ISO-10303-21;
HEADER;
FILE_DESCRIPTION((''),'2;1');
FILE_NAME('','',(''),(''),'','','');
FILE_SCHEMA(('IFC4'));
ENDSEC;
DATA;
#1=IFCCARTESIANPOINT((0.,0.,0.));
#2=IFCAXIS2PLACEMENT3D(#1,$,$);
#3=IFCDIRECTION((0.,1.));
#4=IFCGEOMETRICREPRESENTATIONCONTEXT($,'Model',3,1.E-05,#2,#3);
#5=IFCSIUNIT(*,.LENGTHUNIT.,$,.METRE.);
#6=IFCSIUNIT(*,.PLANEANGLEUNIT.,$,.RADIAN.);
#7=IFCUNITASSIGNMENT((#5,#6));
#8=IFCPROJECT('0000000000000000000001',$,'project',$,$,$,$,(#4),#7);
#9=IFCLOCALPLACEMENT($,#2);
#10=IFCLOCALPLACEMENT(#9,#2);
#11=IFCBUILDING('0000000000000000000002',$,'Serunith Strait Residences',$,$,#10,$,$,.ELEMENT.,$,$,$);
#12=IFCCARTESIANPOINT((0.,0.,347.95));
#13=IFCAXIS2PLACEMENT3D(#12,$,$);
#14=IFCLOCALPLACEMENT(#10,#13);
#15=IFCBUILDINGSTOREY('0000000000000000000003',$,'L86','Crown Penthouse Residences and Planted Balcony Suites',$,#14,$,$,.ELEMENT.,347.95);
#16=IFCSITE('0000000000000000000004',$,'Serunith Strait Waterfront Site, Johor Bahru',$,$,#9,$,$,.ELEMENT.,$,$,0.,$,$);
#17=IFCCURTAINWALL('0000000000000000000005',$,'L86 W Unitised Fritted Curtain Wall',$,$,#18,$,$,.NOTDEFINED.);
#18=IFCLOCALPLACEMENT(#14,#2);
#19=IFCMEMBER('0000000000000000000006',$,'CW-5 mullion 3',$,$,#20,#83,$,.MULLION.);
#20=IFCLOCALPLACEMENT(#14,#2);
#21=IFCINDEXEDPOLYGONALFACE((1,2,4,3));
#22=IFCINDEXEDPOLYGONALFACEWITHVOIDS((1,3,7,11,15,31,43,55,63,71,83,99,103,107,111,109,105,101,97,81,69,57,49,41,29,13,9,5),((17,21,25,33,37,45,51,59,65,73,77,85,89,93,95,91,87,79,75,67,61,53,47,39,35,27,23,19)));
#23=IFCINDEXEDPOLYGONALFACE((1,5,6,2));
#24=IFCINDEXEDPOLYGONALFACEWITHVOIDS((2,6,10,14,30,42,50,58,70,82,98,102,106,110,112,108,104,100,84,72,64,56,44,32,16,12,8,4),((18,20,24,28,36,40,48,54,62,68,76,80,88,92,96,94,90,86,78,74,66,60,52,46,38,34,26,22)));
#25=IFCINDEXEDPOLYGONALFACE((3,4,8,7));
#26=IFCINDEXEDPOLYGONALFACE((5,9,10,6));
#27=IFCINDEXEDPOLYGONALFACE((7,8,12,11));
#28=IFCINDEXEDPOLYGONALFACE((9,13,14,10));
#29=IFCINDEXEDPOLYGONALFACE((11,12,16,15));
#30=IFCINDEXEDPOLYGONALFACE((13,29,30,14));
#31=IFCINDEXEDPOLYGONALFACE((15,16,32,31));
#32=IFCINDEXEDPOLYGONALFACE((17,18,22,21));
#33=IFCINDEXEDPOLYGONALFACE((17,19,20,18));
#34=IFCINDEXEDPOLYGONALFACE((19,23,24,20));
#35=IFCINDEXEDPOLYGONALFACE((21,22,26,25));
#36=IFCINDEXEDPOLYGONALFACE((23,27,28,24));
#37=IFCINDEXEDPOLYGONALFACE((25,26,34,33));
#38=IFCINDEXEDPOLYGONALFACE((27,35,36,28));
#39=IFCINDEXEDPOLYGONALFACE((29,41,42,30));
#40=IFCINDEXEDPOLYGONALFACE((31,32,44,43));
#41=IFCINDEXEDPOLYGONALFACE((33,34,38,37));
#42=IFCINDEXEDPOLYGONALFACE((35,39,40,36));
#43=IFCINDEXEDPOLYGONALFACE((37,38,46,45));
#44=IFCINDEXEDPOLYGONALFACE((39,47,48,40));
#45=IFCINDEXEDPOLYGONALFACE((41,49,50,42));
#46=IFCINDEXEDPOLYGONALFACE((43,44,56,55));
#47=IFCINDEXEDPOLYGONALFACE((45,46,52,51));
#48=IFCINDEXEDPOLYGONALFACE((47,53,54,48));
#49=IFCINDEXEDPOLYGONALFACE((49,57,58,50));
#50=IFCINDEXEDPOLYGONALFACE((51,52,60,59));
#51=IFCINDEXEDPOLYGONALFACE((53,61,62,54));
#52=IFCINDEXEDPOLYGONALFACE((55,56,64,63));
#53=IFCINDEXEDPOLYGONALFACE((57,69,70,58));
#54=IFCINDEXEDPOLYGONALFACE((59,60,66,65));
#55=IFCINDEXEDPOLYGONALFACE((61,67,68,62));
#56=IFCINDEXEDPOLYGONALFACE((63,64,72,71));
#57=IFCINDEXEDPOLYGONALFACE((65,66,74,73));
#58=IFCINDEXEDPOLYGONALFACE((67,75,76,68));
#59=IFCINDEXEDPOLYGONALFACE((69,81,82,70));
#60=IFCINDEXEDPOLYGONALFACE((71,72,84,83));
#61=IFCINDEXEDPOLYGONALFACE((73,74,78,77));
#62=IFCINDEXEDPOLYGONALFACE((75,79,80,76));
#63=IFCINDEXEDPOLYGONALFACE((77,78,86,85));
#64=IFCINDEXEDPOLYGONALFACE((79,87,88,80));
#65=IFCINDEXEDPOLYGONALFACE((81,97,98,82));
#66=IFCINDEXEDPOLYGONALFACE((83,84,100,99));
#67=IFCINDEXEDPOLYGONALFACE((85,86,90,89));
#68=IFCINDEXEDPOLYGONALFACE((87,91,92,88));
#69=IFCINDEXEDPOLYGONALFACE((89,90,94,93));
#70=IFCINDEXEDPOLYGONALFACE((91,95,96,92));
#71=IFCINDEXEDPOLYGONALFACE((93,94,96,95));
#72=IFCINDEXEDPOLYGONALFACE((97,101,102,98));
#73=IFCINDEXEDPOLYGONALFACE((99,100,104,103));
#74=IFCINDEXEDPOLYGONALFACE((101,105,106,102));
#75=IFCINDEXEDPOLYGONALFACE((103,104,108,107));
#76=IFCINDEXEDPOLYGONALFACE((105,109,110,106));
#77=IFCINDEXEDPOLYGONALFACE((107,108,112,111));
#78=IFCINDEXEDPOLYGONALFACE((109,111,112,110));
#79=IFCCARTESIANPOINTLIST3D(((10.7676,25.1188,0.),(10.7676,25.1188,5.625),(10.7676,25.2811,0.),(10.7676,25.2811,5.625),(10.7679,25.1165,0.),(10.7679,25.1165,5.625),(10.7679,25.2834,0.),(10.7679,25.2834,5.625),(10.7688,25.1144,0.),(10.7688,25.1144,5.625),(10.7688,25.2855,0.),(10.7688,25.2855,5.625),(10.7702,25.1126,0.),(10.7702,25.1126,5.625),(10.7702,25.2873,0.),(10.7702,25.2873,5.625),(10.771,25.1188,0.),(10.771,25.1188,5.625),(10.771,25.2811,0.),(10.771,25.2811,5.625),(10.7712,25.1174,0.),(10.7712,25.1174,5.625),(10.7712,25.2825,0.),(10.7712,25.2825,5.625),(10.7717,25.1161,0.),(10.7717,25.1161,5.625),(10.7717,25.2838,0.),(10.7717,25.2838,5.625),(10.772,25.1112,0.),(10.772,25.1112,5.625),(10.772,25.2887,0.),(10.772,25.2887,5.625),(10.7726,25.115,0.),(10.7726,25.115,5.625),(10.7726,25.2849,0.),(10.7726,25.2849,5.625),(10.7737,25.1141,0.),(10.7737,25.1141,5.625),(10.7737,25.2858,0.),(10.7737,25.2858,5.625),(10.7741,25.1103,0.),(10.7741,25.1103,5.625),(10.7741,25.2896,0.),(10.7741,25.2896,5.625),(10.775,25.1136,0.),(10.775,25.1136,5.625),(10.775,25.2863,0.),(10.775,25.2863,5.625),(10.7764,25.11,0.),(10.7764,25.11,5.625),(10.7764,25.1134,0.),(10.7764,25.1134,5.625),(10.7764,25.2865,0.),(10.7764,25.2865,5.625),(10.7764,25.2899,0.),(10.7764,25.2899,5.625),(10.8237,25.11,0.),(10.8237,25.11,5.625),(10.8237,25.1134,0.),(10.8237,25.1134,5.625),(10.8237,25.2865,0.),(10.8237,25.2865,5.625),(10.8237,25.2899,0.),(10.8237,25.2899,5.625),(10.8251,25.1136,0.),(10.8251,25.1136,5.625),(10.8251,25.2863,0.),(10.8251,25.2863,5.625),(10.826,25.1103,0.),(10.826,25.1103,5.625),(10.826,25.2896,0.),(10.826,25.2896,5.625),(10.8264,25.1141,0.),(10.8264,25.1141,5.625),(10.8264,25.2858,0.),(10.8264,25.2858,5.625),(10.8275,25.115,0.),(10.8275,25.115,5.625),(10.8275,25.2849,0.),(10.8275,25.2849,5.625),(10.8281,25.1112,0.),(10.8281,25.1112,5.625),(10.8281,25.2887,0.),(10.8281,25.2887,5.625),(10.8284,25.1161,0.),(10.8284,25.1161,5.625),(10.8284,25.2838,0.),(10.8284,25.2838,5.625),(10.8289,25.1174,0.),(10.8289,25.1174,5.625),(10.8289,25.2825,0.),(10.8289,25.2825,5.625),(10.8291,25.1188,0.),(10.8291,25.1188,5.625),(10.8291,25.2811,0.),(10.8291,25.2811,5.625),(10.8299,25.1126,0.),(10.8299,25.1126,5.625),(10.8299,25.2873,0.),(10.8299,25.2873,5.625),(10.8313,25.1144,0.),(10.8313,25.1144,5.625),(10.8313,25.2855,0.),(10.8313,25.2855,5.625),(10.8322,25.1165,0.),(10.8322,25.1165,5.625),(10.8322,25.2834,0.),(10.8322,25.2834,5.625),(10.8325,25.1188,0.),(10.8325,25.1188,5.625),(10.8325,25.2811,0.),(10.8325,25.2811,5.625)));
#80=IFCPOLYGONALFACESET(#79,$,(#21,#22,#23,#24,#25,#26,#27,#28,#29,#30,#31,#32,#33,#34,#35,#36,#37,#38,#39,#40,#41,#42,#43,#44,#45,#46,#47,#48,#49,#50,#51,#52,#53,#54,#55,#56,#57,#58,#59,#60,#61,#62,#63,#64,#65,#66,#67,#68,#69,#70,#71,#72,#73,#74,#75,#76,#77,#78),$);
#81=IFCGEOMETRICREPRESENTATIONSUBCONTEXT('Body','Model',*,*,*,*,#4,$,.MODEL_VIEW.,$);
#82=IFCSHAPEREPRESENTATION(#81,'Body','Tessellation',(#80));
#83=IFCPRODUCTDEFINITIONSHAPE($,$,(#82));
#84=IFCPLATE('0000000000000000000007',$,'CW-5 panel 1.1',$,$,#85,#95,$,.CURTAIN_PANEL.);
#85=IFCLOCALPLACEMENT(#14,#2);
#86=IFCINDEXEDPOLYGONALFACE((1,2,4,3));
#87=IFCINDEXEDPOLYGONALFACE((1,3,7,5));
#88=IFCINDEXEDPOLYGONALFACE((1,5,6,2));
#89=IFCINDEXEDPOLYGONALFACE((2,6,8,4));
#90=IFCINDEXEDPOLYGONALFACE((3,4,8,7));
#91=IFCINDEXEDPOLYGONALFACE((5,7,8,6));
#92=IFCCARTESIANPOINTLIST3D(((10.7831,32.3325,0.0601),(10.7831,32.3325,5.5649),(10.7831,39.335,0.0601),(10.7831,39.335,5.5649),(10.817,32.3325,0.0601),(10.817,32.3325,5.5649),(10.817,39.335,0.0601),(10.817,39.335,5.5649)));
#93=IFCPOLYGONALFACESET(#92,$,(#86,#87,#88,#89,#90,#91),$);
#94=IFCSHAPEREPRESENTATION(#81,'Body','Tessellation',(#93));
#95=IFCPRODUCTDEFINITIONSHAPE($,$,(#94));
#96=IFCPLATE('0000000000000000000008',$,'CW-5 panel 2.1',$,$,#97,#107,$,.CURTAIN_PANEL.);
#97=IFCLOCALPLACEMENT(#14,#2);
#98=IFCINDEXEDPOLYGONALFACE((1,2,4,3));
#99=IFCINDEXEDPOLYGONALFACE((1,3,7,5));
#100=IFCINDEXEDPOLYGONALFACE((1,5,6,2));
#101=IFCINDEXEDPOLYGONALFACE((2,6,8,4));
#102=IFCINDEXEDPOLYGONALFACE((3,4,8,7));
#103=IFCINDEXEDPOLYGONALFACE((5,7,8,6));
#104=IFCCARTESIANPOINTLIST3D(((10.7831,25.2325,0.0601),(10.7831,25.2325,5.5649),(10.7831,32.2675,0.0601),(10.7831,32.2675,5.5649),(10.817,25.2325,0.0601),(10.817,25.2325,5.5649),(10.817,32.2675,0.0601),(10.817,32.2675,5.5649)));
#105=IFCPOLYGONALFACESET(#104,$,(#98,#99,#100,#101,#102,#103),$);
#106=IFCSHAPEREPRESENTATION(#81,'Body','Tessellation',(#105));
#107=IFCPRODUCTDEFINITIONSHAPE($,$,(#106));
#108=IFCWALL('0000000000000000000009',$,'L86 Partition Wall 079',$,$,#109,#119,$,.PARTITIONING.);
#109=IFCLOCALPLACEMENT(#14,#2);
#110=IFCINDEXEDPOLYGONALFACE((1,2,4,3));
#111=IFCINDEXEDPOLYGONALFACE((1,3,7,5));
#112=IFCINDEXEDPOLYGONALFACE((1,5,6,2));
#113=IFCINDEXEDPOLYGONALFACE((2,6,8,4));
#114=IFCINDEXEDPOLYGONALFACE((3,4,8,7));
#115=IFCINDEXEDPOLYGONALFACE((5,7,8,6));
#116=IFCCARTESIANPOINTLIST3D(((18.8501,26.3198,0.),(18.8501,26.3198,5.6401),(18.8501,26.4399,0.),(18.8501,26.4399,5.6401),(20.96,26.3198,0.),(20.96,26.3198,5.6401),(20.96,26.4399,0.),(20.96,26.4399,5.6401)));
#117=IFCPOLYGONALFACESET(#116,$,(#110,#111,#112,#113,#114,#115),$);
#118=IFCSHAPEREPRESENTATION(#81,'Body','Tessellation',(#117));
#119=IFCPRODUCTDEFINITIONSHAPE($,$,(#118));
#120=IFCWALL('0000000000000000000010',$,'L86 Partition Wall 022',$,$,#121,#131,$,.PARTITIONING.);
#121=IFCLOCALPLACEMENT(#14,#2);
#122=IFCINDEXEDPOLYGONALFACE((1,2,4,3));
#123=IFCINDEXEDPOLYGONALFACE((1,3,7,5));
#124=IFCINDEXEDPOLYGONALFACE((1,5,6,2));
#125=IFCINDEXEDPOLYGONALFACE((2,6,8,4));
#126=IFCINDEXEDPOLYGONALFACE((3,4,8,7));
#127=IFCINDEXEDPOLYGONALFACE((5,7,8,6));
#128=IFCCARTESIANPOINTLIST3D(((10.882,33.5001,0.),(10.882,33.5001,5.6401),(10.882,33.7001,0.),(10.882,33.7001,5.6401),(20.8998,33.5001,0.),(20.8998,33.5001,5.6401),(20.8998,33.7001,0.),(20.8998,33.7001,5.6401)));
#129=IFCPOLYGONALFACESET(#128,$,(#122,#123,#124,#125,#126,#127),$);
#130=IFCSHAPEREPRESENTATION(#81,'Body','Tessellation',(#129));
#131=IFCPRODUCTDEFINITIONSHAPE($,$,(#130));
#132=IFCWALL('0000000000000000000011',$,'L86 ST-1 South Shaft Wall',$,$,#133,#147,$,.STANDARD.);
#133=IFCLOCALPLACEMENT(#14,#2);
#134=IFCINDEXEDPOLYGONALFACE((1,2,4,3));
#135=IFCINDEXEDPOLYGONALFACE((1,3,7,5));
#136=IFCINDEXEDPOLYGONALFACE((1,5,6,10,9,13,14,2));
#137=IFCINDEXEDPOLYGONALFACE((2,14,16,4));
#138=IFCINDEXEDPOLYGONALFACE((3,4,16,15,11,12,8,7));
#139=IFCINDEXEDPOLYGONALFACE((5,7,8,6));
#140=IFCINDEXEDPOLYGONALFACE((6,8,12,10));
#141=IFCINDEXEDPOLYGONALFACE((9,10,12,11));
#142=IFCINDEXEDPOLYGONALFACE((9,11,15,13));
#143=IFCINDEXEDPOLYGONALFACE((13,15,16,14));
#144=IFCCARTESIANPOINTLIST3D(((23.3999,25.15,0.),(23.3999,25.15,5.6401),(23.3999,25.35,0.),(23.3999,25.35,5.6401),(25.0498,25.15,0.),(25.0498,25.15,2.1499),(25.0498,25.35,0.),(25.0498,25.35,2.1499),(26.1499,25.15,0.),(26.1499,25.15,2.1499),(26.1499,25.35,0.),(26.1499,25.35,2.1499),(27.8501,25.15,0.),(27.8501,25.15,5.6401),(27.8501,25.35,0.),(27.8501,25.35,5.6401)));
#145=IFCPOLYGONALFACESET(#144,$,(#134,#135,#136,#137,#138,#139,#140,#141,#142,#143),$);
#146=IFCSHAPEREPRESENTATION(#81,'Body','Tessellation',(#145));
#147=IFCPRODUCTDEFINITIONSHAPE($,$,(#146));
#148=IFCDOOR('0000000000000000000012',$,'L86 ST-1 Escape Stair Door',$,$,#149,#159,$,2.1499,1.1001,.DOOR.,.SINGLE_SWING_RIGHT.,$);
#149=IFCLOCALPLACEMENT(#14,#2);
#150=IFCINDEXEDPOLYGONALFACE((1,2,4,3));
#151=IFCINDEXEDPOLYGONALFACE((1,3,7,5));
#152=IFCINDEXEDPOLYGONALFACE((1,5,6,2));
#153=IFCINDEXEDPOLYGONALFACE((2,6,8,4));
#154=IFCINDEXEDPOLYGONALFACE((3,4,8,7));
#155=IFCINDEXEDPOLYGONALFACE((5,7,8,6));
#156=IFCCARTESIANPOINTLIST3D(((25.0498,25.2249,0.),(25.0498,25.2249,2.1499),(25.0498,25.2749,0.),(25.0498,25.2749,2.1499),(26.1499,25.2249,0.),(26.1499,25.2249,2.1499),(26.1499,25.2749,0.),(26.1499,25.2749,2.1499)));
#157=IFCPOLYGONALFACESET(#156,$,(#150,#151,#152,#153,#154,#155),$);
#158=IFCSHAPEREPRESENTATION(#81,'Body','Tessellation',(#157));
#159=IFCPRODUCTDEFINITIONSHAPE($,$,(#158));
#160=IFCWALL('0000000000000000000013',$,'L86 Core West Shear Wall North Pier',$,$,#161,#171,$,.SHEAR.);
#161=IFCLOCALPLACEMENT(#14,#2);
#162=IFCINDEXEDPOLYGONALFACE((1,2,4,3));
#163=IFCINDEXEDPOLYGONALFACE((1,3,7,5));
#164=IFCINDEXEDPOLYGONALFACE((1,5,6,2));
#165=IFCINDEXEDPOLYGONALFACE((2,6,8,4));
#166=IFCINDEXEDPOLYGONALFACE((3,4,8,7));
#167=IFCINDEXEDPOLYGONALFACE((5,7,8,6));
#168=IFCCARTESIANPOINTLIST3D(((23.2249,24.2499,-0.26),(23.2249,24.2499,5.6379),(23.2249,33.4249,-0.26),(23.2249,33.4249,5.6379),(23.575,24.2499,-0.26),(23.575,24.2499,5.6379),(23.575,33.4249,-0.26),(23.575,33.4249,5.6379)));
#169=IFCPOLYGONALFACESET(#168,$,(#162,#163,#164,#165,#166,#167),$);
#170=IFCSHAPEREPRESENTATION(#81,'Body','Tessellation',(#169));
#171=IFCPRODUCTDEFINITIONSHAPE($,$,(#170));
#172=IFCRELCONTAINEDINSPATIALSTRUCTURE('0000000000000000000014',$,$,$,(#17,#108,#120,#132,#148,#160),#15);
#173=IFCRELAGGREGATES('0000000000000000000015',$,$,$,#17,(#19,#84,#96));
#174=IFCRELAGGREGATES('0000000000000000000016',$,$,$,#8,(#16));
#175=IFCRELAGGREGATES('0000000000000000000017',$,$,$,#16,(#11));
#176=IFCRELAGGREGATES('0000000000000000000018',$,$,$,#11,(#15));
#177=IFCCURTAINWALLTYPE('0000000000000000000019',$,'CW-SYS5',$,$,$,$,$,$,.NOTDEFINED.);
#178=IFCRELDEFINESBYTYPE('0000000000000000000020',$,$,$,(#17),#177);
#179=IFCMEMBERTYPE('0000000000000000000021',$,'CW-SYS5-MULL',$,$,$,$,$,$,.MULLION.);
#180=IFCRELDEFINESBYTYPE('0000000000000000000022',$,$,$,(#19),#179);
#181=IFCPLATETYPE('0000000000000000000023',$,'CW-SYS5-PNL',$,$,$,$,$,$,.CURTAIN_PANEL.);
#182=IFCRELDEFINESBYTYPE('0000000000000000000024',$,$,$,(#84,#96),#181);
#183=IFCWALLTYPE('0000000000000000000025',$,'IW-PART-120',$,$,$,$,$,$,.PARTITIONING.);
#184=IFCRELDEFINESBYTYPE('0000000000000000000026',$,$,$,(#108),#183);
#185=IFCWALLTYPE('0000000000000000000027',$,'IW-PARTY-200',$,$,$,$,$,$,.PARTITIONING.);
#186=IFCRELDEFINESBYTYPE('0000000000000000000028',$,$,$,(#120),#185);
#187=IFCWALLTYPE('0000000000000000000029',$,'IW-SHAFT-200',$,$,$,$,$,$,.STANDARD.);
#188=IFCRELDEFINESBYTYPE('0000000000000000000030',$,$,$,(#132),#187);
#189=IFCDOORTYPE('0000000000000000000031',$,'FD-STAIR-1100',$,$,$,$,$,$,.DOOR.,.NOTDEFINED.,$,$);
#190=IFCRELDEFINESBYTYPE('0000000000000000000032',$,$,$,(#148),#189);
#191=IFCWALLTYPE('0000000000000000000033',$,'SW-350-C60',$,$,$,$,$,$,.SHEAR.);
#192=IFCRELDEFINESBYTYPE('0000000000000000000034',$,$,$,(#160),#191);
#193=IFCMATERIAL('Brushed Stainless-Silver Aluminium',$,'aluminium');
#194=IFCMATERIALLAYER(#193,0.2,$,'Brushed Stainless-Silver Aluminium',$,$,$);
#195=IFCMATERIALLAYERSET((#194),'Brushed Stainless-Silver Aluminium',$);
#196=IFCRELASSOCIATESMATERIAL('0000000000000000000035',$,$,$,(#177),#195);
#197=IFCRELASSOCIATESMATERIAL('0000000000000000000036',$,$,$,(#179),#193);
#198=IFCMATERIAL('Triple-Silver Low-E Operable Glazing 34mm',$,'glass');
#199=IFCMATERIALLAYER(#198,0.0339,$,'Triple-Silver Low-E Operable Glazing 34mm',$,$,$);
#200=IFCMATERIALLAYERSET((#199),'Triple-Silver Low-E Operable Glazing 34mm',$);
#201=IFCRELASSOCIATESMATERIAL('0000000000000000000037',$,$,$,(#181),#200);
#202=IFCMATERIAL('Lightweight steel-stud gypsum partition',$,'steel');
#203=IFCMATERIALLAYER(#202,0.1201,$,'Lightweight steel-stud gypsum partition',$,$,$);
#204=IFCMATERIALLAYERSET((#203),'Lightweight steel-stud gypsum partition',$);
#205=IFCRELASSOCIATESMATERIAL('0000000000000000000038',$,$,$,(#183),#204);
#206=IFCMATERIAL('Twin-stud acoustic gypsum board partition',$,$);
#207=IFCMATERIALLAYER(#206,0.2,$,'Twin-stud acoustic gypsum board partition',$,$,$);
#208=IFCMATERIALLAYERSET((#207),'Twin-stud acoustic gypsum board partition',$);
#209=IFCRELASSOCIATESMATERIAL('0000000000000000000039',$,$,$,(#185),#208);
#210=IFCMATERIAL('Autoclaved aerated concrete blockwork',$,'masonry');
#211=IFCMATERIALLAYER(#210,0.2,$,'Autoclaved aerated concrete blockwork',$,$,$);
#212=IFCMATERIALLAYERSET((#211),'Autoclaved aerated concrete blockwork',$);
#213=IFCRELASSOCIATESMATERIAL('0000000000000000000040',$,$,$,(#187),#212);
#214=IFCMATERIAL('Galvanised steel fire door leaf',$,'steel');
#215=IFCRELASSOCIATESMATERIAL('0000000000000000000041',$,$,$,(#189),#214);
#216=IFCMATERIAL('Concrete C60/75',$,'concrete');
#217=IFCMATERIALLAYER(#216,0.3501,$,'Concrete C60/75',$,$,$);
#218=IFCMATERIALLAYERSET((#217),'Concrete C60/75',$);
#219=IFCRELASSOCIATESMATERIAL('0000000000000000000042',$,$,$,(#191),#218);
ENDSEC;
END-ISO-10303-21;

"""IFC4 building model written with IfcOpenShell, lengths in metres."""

from ifc_helpers import new_model, si_unit, direction, frame, frame_2d, origin, origin_2d, place, context, subcontext, project, spatial, rectangle, hollow_rectangle, extrude, source, transform, mapped, material, layer, layer_set, material_profile, profile_set, type_object, element, fill, aggregate, save


model = new_model("IFC4")

# Units and contexts
model_context = context("Model", 3, precision=1e-05, world=origin(), true_north=direction((0.0, 1.0)))
body_context = subcontext(model_context, "Body", "Model", "MODEL_VIEW")
ifc_project = project(units=[si_unit("LENGTHUNIT", "METRE"), si_unit("PLANEANGLEUNIT", "RADIAN")], contexts=[model_context])

# Site, building, storey
site_placement = place(None, origin())
site = spatial("IfcSite", under=ifc_project, at=site_placement, Name="Serunith Strait Waterfront Site, Johor Bahru", CompositionType="ELEMENT", RefElevation=0.0)
building_placement = place(site_placement, origin())
building = spatial("IfcBuilding", under=site, at=building_placement, Name="Serunith Strait Residences", CompositionType="ELEMENT")
storey_placement = place(building_placement, frame((0.0, 0.0, 347.95)))
storey = spatial("IfcBuildingStorey", under=building, at=storey_placement, Name="L86", Description="Crown Penthouse Residences and Planted Balcony Suites", CompositionType="ELEMENT", Elevation=347.95)

# Shared definitions
ifc_material_1 = material(Name="Concrete C60/75", Category="concrete")

# Curtain wall, member, plates
ifc_material_2 = material(Name="Brushed Stainless-Silver Aluminium", Category="aluminium")
ifc_layer_1 = layer(ifc_material_2, 0.2, Name="Brushed Stainless-Silver Aluminium")
ifc_layer_set_1 = layer_set([ifc_layer_1], Name="Brushed Stainless-Silver Aluminium")
curtain_wall_type = type_object("IfcCurtainWallType", Name="CW-SYS5", PredefinedType="NOTDEFINED", material=ifc_layer_set_1)
curtain_wall_placement = place(storey_placement, origin())
curtain_wall = element("IfcCurtainWall", 1, at=curtain_wall_placement, inside=storey, type_object=curtain_wall_type, Name="L86 W Unitised Fritted Curtain Wall", PredefinedType="NOTDEFINED")
ifc_material_profile_1 = material_profile(ifc_material_2, hollow_rectangle(XDim=0.0649, YDim=0.1799, WallThickness=0.0034, InnerFilletRadius=0.0054, OuterFilletRadius=0.0088, at=origin_2d()), Name="ALU 180x65x3.5")
ifc_profile_set_1 = profile_set([ifc_material_profile_1], Name="Brushed Stainless-Silver Aluminium")
member_type_1 = type_object("IfcMemberType", Name="CW-SYS5-MULL", PredefinedType="MULLION", material=ifc_profile_set_1)
shared_shape_1 = source(origin(), body_context, "Body", "SweptSolid", [
    extrude(hollow_rectangle(XDim=0.0649, YDim=0.1799, WallThickness=0.0034, InnerFilletRadius=0.0054, OuterFilletRadius=0.0088, at=origin_2d()), origin(), (0.0, 0.0, 1.0), 5.625),
])
member_1_placement = place(storey_placement, frame((10.8, 25.2, 0.0), z_axis=(0.0, 0.0, 1.0), x_axis=(1.0, 0.0, 0.0)))
member_1 = element("IfcMember", 2, at=member_1_placement, type_object=member_type_1, Name="CW-5 mullion 3", PredefinedType="MULLION", context=body_context, shape_type="MappedRepresentation", body=[
    mapped(shared_shape_1, transform((0.0, 0.0, 0.0), scale=1.0)),
])
ifc_material_3 = material(Name="Triple-Silver Low-E Operable Glazing 34mm", Category="glass")
ifc_layer_2 = layer(ifc_material_3, 0.0339, Name="Triple-Silver Low-E Operable Glazing 34mm")
ifc_layer_set_2 = layer_set([ifc_layer_2], Name="Triple-Silver Low-E Operable Glazing 34mm")
plate_type = type_object("IfcPlateType", Name="CW-SYS5-PNL", PredefinedType="CURTAIN_PANEL", material=ifc_layer_set_2)
shared_shape_2 = source(origin(), body_context, "Body", "SweptSolid", [
    extrude(rectangle(XDim=7.0024, YDim=0.0339, at=origin_2d()), origin(), (0.0, 0.0, 1.0), 5.5049),
])
plate_1_placement = place(storey_placement, frame((10.8, 35.8337, 0.0601), z_axis=(0.0, 0.0, 1.0), x_axis=(0.0, -1.0, 0.0)))
plate_1 = element("IfcPlate", 3, at=plate_1_placement, type_object=plate_type, Name="CW-5 panel 1.1", PredefinedType="CURTAIN_PANEL", context=body_context, shape_type="MappedRepresentation", body=[
    mapped(shared_shape_2, transform((0.0, 0.0, 0.0), scale=1.0)),
])
shared_shape_3 = source(origin(), body_context, "Body", "SweptSolid", [
    extrude(rectangle(XDim=7.0349, YDim=0.0339, at=origin_2d()), origin(), (0.0, 0.0, 1.0), 5.5049),
])
plate_2_placement = place(storey_placement, frame((10.8, 28.75, 0.0601), z_axis=(0.0, 0.0, 1.0), x_axis=(0.0, -1.0, 0.0)))
plate_2 = element("IfcPlate", 4, at=plate_2_placement, type_object=plate_type, Name="CW-5 panel 2.1", PredefinedType="CURTAIN_PANEL", context=body_context, shape_type="MappedRepresentation", body=[
    mapped(shared_shape_3, transform((0.0, 0.0, 0.0), scale=1.0)),
])
aggregate(curtain_wall, [member_1, plate_1, plate_2])

# Walls
ifc_material_4 = material(Name="Lightweight steel-stud gypsum partition", Category="steel")
ifc_layer_3 = layer(ifc_material_4, 0.1201, Name="Lightweight steel-stud gypsum partition")
ifc_layer_set_3 = layer_set([ifc_layer_3], Name="Lightweight steel-stud gypsum partition")
wall_type_1 = type_object("IfcWallType", Name="IW-PART-120", PredefinedType="PARTITIONING", material=ifc_layer_set_3)
wall_1_placement = place(storey_placement, frame((18.8501, 26.3799, 0.0), z_axis=(0.0, 0.0, 1.0), x_axis=(1.0, 0.0, 0.0)))
element("IfcWall", 5, at=wall_1_placement, inside=storey, type_object=wall_type_1, Name="L86 Partition Wall 079", PredefinedType="PARTITIONING", context=body_context, shape_type="SweptSolid", body=[
    extrude(rectangle(XDim=2.1099, YDim=0.1201, at=frame_2d((1.0549, 0.0))), origin(), (0.0, 0.0, 1.0), 5.6401),
])
ifc_material_5 = material(Name="Twin-stud acoustic gypsum board partition")
ifc_layer_4 = layer(ifc_material_5, 0.2, Name="Twin-stud acoustic gypsum board partition")
ifc_layer_set_4 = layer_set([ifc_layer_4], Name="Twin-stud acoustic gypsum board partition")
wall_type_2 = type_object("IfcWallType", Name="IW-PARTY-200", PredefinedType="PARTITIONING", material=ifc_layer_set_4)
wall_2_placement = place(storey_placement, frame((10.8821, 33.6001, 0.0), z_axis=(0.0, 0.0, 1.0), x_axis=(1.0, 0.0, 0.0)))
element("IfcWall", 6, at=wall_2_placement, inside=storey, type_object=wall_type_2, Name="L86 Partition Wall 022", PredefinedType="PARTITIONING", context=body_context, shape_type="SweptSolid", body=[
    extrude(rectangle(XDim=10.0178, YDim=0.2, at=frame_2d((5.0088, 0.0))), origin(), (0.0, 0.0, 1.0), 5.6401),
])

# Wall, opening, door
ifc_material_6 = material(Name="Autoclaved aerated concrete blockwork", Category="masonry")
ifc_layer_5 = layer(ifc_material_6, 0.2, Name="Autoclaved aerated concrete blockwork")
ifc_layer_set_5 = layer_set([ifc_layer_5], Name="Autoclaved aerated concrete blockwork")
wall_type_3 = type_object("IfcWallType", Name="IW-SHAFT-200", PredefinedType="STANDARD", material=ifc_layer_set_5)
wall_3_placement = place(storey_placement, frame((23.3999, 25.25, 0.0), z_axis=(0.0, 0.0, 1.0), x_axis=(1.0, 0.0, 0.0)))
wall_3 = element("IfcWall", 7, at=wall_3_placement, inside=storey, type_object=wall_type_3, Name="L86 ST-1 South Shaft Wall", PredefinedType="STANDARD", context=body_context, shape_type="SweptSolid", body=[
    extrude(rectangle(XDim=4.4502, YDim=0.2, at=frame_2d((2.2251, 0.0))), origin(), (0.0, 0.0, 1.0), 5.6401),
])
opening_1_placement = place(wall_3_placement, frame((1.6499, 0.0, 0.0)))
opening_1 = element("IfcOpeningElement", 8, at=opening_1_placement, cuts=wall_3, PredefinedType="OPENING", context=body_context, shape_type="SweptSolid", body=[
    extrude(rectangle(XDim=1.1001, YDim=2.1499, at=frame_2d((0.55, 1.075))), frame((0.0, 0.1099, 0.0), z_axis=(0.0, -1.0, 0.0), x_axis=(1.0, 0.0, 0.0)), (0.0, 0.0, 1.0), 0.22),
])
ifc_material_7 = material(Name="Galvanised steel fire door leaf", Category="steel")
door_type_1 = type_object("IfcDoorType", Name="FD-STAIR-1100", OperationType="NOTDEFINED", PredefinedType="DOOR", material=ifc_material_7)
shared_shape_4 = source(origin(), body_context, "Body", "SweptSolid", [
    extrude(rectangle(XDim=1.1001, YDim=2.1499, at=frame_2d((0.55, 1.075))), frame((0.0, 0.0249, 0.0), z_axis=(0.0, -1.0, 0.0), x_axis=(1.0, 0.0, 0.0)), (0.0, 0.0, 1.0), 0.05),
])
door_1_placement = place(opening_1_placement, origin())
door_1 = element("IfcDoor", 9, at=door_1_placement, inside=storey, type_object=door_type_1, Name="L86 ST-1 Escape Stair Door", OperationType="SINGLE_SWING_RIGHT", OverallHeight=2.1499, OverallWidth=1.1001, PredefinedType="DOOR", context=body_context, shape_type="MappedRepresentation", body=[
    mapped(shared_shape_4, transform((0.0, 0.0, 0.0), scale=1.0)),
])
fill(opening_1, door_1)

# Wall
ifc_layer_6 = layer(ifc_material_1, 0.3501, Name="Concrete C60/75")
ifc_layer_set_6 = layer_set([ifc_layer_6], Name="Concrete C60/75")
wall_type_4 = type_object("IfcWallType", Name="SW-350-C60", PredefinedType="SHEAR", material=ifc_layer_set_6)
wall_4_placement = place(storey_placement, frame((23.3999, 24.25, -0.26), z_axis=(0.0, 0.0, 1.0), x_axis=(0.0, 1.0, 0.0)))
element("IfcWall", 10, at=wall_4_placement, inside=storey, type_object=wall_type_4, Name="L86 Core West Shear Wall North Pier", PredefinedType="SHEAR", context=body_context, shape_type="SweptSolid", body=[
    extrude(rectangle(XDim=9.175, YDim=0.3501, at=frame_2d((4.5874, 0.0))), origin(), (0.0, 0.0, 1.0), 5.8979),
])

save(model, "model.ifc")
